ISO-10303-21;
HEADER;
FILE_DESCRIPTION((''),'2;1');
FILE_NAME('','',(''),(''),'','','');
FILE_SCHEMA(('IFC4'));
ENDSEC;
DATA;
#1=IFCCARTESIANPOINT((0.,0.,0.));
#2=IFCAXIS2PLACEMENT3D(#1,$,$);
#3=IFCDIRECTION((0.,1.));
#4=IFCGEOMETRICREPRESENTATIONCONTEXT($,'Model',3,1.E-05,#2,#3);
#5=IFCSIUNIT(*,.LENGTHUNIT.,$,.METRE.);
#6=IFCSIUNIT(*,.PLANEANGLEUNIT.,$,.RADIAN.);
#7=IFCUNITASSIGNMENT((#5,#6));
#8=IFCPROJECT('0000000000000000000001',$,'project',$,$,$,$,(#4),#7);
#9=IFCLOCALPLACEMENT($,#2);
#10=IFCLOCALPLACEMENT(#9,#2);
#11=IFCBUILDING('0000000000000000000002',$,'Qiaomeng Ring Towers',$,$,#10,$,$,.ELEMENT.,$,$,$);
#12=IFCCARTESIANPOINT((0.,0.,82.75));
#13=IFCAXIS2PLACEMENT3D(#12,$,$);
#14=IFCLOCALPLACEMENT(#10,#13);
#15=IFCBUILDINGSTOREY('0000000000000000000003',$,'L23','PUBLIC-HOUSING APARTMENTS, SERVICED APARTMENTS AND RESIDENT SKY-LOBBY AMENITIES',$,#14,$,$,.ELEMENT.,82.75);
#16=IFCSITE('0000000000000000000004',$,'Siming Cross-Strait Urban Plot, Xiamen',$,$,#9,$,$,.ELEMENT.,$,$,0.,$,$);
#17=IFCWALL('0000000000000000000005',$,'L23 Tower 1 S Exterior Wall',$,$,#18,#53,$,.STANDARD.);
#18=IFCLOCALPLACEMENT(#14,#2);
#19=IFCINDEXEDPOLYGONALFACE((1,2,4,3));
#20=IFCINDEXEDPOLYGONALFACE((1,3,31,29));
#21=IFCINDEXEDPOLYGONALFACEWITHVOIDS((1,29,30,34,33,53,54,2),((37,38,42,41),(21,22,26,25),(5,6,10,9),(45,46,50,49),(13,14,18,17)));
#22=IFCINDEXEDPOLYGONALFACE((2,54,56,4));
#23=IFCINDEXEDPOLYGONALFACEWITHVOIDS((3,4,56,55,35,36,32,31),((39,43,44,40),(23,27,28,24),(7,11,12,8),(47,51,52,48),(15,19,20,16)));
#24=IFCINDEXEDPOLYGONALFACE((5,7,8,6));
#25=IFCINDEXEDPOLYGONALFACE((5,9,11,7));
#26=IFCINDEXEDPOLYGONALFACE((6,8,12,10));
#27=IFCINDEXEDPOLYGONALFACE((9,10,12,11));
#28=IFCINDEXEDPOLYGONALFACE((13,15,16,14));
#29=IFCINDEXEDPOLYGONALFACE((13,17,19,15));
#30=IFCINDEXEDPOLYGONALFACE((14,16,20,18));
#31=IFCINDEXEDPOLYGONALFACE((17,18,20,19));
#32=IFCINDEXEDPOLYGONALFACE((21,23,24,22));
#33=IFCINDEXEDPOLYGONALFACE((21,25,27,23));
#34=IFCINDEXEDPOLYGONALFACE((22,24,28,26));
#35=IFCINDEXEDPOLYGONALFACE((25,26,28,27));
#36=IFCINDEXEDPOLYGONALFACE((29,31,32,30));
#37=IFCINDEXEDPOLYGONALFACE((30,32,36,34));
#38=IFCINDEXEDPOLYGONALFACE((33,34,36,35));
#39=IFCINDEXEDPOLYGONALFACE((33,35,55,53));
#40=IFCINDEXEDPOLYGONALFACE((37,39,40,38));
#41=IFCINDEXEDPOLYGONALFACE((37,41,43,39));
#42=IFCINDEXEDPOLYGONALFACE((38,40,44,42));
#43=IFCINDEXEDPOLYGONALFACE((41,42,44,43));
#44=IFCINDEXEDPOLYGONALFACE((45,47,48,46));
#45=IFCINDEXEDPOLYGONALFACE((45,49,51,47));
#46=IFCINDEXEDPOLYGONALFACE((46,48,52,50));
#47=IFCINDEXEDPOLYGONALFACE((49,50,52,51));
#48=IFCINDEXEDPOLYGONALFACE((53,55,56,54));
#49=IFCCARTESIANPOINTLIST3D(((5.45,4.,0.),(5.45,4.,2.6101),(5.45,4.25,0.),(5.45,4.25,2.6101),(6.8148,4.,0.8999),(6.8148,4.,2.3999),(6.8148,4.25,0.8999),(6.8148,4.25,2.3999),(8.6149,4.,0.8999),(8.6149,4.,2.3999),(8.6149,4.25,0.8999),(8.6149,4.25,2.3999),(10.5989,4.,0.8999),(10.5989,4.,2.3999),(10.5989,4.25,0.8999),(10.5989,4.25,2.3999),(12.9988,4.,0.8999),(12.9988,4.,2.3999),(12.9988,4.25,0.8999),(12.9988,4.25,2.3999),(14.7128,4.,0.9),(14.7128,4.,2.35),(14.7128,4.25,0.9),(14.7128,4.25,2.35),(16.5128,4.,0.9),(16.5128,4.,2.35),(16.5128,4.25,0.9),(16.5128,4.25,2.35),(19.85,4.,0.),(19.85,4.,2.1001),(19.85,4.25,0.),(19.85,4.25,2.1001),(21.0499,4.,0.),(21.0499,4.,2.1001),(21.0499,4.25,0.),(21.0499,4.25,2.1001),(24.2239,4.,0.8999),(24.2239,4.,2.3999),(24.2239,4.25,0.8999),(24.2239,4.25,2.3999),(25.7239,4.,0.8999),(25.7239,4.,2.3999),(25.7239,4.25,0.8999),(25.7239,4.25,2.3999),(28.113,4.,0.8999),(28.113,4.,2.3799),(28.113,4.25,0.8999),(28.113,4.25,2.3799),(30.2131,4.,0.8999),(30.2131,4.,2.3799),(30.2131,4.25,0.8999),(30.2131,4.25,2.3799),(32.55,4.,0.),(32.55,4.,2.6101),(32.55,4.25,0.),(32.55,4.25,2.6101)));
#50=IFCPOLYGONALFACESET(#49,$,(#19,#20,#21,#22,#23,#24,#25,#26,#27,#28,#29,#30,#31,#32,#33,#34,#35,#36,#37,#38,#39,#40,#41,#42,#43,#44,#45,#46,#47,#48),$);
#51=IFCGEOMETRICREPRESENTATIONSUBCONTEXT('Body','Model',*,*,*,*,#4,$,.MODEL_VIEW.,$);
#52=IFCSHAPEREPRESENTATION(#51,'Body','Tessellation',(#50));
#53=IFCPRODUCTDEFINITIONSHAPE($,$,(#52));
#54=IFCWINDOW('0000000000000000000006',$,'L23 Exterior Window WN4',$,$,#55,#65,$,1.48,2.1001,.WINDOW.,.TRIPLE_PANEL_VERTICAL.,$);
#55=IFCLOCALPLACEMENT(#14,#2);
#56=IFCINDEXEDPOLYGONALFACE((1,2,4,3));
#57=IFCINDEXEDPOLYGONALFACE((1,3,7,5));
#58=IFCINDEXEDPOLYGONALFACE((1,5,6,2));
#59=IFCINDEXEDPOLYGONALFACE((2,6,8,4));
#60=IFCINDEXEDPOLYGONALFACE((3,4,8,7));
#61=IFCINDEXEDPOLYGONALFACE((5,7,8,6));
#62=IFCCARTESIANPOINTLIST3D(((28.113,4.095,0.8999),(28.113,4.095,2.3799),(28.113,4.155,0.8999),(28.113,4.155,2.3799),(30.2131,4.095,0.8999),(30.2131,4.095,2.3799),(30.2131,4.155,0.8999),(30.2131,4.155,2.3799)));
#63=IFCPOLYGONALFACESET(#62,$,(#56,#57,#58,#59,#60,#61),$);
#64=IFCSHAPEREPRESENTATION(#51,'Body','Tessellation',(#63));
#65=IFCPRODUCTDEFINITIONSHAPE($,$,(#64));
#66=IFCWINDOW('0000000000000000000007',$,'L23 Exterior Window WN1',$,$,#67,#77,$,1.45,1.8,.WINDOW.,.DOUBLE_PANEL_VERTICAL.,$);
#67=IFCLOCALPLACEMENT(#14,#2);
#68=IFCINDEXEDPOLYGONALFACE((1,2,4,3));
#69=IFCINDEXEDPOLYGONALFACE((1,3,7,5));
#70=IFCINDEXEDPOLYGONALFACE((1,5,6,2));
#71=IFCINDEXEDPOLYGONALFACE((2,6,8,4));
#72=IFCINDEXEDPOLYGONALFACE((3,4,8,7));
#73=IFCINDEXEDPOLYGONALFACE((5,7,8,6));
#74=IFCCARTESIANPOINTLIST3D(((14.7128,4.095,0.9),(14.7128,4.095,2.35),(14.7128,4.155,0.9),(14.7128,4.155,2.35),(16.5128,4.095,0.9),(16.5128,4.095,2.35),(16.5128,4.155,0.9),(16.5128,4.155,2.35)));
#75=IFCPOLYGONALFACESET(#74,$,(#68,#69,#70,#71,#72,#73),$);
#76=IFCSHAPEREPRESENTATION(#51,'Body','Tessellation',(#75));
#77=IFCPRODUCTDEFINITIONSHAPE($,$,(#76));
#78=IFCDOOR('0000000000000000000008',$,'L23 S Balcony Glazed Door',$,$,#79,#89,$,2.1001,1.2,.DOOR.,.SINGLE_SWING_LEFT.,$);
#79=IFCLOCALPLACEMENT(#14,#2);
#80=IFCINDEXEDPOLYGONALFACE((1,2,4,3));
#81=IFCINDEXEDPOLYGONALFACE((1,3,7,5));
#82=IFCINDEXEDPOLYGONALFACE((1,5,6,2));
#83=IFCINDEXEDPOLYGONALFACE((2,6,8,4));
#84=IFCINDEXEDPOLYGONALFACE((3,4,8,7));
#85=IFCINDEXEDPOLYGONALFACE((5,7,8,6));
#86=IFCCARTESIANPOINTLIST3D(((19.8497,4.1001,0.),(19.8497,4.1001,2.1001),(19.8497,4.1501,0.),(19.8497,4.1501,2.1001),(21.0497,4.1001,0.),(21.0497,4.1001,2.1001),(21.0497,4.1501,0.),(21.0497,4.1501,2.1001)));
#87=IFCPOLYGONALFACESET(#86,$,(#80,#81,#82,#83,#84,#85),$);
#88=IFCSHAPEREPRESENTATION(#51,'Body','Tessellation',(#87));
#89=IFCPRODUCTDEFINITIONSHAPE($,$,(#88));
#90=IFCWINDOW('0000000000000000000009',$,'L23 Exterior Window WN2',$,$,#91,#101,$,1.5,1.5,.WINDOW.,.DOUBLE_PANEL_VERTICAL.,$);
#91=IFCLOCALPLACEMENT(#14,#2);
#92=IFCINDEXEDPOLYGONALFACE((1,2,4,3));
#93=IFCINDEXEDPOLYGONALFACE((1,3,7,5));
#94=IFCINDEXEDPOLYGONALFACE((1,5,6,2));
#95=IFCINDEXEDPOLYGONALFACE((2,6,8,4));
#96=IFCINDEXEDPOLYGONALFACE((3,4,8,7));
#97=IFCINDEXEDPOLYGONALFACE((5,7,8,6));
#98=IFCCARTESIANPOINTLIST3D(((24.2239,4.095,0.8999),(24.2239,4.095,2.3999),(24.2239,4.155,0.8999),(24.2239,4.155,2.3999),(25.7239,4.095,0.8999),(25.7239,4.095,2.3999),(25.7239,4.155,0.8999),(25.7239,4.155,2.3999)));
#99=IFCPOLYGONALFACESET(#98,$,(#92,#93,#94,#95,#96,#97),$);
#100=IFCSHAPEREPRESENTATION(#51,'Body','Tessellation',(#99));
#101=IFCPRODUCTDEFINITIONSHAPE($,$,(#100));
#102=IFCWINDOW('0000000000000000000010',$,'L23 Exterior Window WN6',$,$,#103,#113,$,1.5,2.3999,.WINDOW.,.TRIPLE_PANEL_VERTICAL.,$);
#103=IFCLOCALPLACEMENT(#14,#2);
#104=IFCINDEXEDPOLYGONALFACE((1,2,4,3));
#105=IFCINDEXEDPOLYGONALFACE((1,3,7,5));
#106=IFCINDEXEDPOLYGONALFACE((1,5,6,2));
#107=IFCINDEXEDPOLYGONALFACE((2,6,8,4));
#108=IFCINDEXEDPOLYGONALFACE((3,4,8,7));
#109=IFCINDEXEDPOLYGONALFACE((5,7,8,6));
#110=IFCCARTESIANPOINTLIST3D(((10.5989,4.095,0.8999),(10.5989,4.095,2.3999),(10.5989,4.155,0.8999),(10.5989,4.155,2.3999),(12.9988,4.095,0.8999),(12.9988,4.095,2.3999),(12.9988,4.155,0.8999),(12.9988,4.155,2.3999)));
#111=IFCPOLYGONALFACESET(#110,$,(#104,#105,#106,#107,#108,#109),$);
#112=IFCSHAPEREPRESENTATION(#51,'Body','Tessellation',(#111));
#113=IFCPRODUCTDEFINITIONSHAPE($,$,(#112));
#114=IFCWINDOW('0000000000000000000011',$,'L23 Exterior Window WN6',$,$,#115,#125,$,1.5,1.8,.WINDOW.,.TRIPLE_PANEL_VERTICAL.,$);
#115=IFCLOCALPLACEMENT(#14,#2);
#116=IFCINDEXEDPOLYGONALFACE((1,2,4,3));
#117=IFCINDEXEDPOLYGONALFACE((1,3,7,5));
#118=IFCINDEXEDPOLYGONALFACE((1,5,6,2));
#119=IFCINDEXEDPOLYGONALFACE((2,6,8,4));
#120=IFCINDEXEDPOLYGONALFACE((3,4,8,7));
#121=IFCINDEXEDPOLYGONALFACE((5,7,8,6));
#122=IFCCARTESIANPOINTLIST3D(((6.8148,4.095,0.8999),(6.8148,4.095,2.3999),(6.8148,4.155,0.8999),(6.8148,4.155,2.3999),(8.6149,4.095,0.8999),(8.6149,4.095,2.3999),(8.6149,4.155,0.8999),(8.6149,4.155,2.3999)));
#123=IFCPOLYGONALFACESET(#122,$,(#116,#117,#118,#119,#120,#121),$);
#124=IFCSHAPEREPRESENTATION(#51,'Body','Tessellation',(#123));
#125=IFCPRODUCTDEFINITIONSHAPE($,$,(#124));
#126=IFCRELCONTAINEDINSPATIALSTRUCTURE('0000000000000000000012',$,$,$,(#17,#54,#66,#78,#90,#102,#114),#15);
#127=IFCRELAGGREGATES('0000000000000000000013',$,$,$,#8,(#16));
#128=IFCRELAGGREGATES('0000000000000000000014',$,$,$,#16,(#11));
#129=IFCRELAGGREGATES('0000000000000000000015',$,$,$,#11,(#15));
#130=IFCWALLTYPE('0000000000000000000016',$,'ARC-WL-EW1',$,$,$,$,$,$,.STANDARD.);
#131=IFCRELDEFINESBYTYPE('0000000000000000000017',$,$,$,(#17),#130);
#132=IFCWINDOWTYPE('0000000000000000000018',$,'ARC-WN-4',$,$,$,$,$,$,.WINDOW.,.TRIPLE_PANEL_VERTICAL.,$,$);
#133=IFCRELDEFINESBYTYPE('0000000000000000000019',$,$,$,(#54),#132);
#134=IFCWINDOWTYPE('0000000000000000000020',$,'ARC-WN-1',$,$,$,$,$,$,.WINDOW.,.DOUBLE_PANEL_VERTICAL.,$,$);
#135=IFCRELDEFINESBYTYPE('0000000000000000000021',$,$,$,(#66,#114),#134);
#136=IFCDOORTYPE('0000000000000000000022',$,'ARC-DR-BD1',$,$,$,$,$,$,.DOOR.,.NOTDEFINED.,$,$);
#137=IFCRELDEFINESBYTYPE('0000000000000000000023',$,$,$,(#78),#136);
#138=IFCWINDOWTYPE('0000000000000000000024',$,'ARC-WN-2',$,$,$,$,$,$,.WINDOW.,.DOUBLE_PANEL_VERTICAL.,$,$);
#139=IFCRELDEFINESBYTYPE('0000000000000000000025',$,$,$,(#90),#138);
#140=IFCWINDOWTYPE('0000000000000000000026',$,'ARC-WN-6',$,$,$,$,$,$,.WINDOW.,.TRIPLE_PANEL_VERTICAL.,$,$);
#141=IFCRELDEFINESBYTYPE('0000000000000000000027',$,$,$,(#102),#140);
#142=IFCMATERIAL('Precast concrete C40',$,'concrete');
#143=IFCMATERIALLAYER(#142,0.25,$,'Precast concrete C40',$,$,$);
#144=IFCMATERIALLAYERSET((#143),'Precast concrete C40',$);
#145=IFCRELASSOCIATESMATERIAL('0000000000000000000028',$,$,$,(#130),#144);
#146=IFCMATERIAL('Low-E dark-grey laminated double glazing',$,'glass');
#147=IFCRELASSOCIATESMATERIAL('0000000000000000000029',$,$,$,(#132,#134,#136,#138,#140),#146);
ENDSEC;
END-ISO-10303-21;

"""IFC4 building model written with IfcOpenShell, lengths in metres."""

from ifc_helpers import new_model, si_unit, direction, frame, frame_2d, origin, place, context, subcontext, project, spatial, rectangle, extrude, source, transform, mapped, material, layer, layer_set, type_object, element, fill, save


model = new_model("IFC4")

# Units and contexts
model_context = context("Model", 3, precision=1e-05, world=origin(), true_north=direction((0.0, 1.0)))
body_context = subcontext(model_context, "Body", "Model", "MODEL_VIEW")
ifc_project = project(units=[si_unit("LENGTHUNIT", "METRE"), si_unit("PLANEANGLEUNIT", "RADIAN")], contexts=[model_context])

# Site, building, storey
site_placement = place(None, origin())
site = spatial("IfcSite", under=ifc_project, at=site_placement, Name="Siming Cross-Strait Urban Plot, Xiamen", CompositionType="ELEMENT", RefElevation=0.0)
building_placement = place(site_placement, origin())
building = spatial("IfcBuilding", under=site, at=building_placement, Name="Qiaomeng Ring Towers", CompositionType="ELEMENT")
storey_placement = place(building_placement, frame((0.0, 0.0, 82.75)))
storey = spatial("IfcBuildingStorey", under=building, at=storey_placement, Name="L23", Description="PUBLIC-HOUSING APARTMENTS, SERVICED APARTMENTS AND RESIDENT SKY-LOBBY AMENITIES", CompositionType="ELEMENT", Elevation=82.75)

# Shared definitions
ifc_material_1 = material(Name="Precast concrete C40", Category="concrete")

# Shared definitions
ifc_material_2 = material(Name="Low-E dark-grey laminated double glazing", Category="glass")

# Wall, openings, windows, door
ifc_layer_1 = layer(ifc_material_1, 0.25, Name="Precast concrete C40")
ifc_layer_set_1 = layer_set([ifc_layer_1], Name="Precast concrete C40")
wall_type_1 = type_object("IfcWallType", Name="ARC-WL-EW1", PredefinedType="STANDARD", material=ifc_layer_set_1)
wall_1_placement = place(storey_placement, frame((5.45, 4.125, 0.0), z_axis=(0.0, 0.0, 1.0), x_axis=(1.0, 0.0, 0.0)))
wall_1 = element("IfcWall", 1, at=wall_1_placement, inside=storey, type_object=wall_type_1, Name="L23 Tower 1 S Exterior Wall", PredefinedType="STANDARD", context=body_context, shape_type="SweptSolid", body=[
    extrude(rectangle(XDim=27.1001, YDim=0.25, at=frame_2d((13.55, 0.0))), origin(), (0.0, 0.0, 1.0), 2.6101),
])
opening_1_placement = place(wall_1_placement, frame((14.3999, 0.0, 0.0)))
opening_1 = element("IfcOpeningElement", 2, at=opening_1_placement, cuts=wall_1, PredefinedType="OPENING", context=body_context, shape_type="SweptSolid", body=[
    extrude(rectangle(XDim=1.2, YDim=2.1001, at=frame_2d((0.6001, 1.05))), frame((0.0, 0.135, 0.0), z_axis=(0.0, -1.0, 0.0), x_axis=(1.0, 0.0, 0.0)), (0.0, 0.0, 1.0), 0.27),
])
opening_2_placement = place(wall_1_placement, frame((1.365, 0.0, 0.8999)))
opening_2 = element("IfcOpeningElement", 3, at=opening_2_placement, cuts=wall_1, PredefinedType="OPENING", context=body_context, shape_type="SweptSolid", body=[
    extrude(rectangle(XDim=1.8, YDim=1.5, at=frame_2d((0.8999, 0.75))), frame((0.0, 0.135, 0.0), z_axis=(0.0, -1.0, 0.0), x_axis=(1.0, 0.0, 0.0)), (0.0, 0.0, 1.0), 0.27),
])
opening_3_placement = place(wall_1_placement, frame((9.2629, 0.0, 0.8999)))
opening_3 = element("IfcOpeningElement", 4, at=opening_3_placement, cuts=wall_1, PredefinedType="OPENING", context=body_context, shape_type="SweptSolid", body=[
    extrude(rectangle(XDim=1.8, YDim=1.45, at=frame_2d((0.8999, 0.7251))), frame((0.0, 0.135, 0.0), z_axis=(0.0, -1.0, 0.0), x_axis=(1.0, 0.0, 0.0)), (0.0, 0.0, 1.0), 0.27),
])
opening_4_placement = place(wall_1_placement, frame((18.7739, 0.0, 0.8999)))
opening_4 = element("IfcOpeningElement", 5, at=opening_4_placement, cuts=wall_1, PredefinedType="OPENING", context=body_context, shape_type="SweptSolid", body=[
    extrude(rectangle(XDim=1.5, YDim=1.5, at=frame_2d((0.75, 0.75))), frame((0.0, 0.135, 0.0), z_axis=(0.0, -1.0, 0.0), x_axis=(1.0, 0.0, 0.0)), (0.0, 0.0, 1.0), 0.27),
])
opening_5_placement = place(wall_1_placement, frame((22.6631, 0.0, 0.8999)))
opening_5 = element("IfcOpeningElement", 6, at=opening_5_placement, cuts=wall_1, PredefinedType="OPENING", context=body_context, shape_type="SweptSolid", body=[
    extrude(rectangle(XDim=2.1001, YDim=1.48, at=frame_2d((1.05, 0.74))), frame((0.0, 0.135, 0.0), z_axis=(0.0, -1.0, 0.0), x_axis=(1.0, 0.0, 0.0)), (0.0, 0.0, 1.0), 0.27),
])
opening_6_placement = place(wall_1_placement, frame((5.1489, 0.0, 0.8999)))
opening_6 = element("IfcOpeningElement", 7, at=opening_6_placement, cuts=wall_1, PredefinedType="OPENING", context=body_context, shape_type="SweptSolid", body=[
    extrude(rectangle(XDim=2.3999, YDim=1.5, at=frame_2d((1.2, 0.75))), frame((0.0, 0.135, 0.0), z_axis=(0.0, -1.0, 0.0), x_axis=(1.0, 0.0, 0.0)), (0.0, 0.0, 1.0), 0.27),
])
window_type_1 = type_object("IfcWindowType", Name="ARC-WN-4", PartitioningType="TRIPLE_PANEL_VERTICAL", PredefinedType="WINDOW", material=ifc_material_2)
shared_shape_1 = source(origin(), body_context, "Body", "SweptSolid", [
    extrude(rectangle(XDim=2.1001, YDim=1.48, at=frame_2d((1.05, 0.74))), frame((0.0, 0.03, 0.0), z_axis=(0.0, -1.0, 0.0), x_axis=(1.0, 0.0, 0.0)), (0.0, 0.0, 1.0), 0.0601),
])
window_1_placement = place(opening_5_placement, origin())
window_1 = element("IfcWindow", 8, at=window_1_placement, inside=storey, type_object=window_type_1, Name="L23 Exterior Window WN4", OverallHeight=1.48, OverallWidth=2.1001, PartitioningType="TRIPLE_PANEL_VERTICAL", PredefinedType="WINDOW", context=body_context, shape_type="MappedRepresentation", body=[
    mapped(shared_shape_1, transform((0.0, 0.0, 0.0), x_axis=(1.0, 0.0, 0.0), y_axis=(0.0, 1.0, 0.0), z_axis=(0.0, 0.0, 1.0), scale=1.0)),
])
fill(opening_5, window_1)
window_type_2 = type_object("IfcWindowType", Name="ARC-WN-1", PartitioningType="DOUBLE_PANEL_VERTICAL", PredefinedType="WINDOW", material=ifc_material_2)
shared_shape_2 = source(origin(), body_context, "Body", "SweptSolid", [
    extrude(rectangle(XDim=1.8, YDim=1.45, at=frame_2d((0.8999, 0.7251))), frame((0.0, 0.03, 0.0), z_axis=(0.0, -1.0, 0.0), x_axis=(1.0, 0.0, 0.0)), (0.0, 0.0, 1.0), 0.0601),
])
window_2_placement = place(opening_3_placement, origin())
window_2 = element("IfcWindow", 9, at=window_2_placement, inside=storey, type_object=window_type_2, Name="L23 Exterior Window WN1", OverallHeight=1.45, OverallWidth=1.8, PartitioningType="DOUBLE_PANEL_VERTICAL", PredefinedType="WINDOW", context=body_context, shape_type="MappedRepresentation", body=[
    mapped(shared_shape_2, transform((0.0, 0.0, 0.0), x_axis=(1.0, 0.0, 0.0), y_axis=(0.0, 1.0, 0.0), z_axis=(0.0, 0.0, 1.0), scale=1.0)),
])
fill(opening_3, window_2)
door_type_1 = type_object("IfcDoorType", Name="ARC-DR-BD1", OperationType="NOTDEFINED", PredefinedType="DOOR", material=ifc_material_2)
shared_shape_3 = source(origin(), body_context, "Body", "SweptSolid", [
    extrude(rectangle(XDim=1.2, YDim=2.1001, at=frame_2d((0.6001, 1.05))), frame((0.0, 0.0249, 0.0), z_axis=(0.0, -1.0, 0.0), x_axis=(1.0, 0.0, 0.0)), (0.0, 0.0, 1.0), 0.05),
])
door_1_placement = place(opening_1_placement, frame((1.2, 0.0, 0.0), z_axis=(0.0, 0.0, 1.0), x_axis=(-1.0, 0.0, 0.0)))
door_1 = element("IfcDoor", 10, at=door_1_placement, inside=storey, type_object=door_type_1, Name="L23 S Balcony Glazed Door", OperationType="SINGLE_SWING_LEFT", OverallHeight=2.1001, OverallWidth=1.2, PredefinedType="DOOR", context=body_context, shape_type="MappedRepresentation", body=[
    mapped(shared_shape_3, transform((0.0, 0.0, 0.0), x_axis=(1.0, 0.0, 0.0), y_axis=(0.0, 1.0, 0.0), z_axis=(0.0, 0.0, 1.0), scale=1.0)),
])
fill(opening_1, door_1)
window_type_3 = type_object("IfcWindowType", Name="ARC-WN-2", PartitioningType="DOUBLE_PANEL_VERTICAL", PredefinedType="WINDOW", material=ifc_material_2)
shared_shape_4 = source(origin(), body_context, "Body", "SweptSolid", [
    extrude(rectangle(XDim=1.5, YDim=1.5, at=frame_2d((0.75, 0.75))), frame((0.0, 0.03, 0.0), z_axis=(0.0, -1.0, 0.0), x_axis=(1.0, 0.0, 0.0)), (0.0, 0.0, 1.0), 0.0601),
])
window_3_placement = place(opening_4_placement, origin())
window_3 = element("IfcWindow", 11, at=window_3_placement, inside=storey, type_object=window_type_3, Name="L23 Exterior Window WN2", OverallHeight=1.5, OverallWidth=1.5, PartitioningType="DOUBLE_PANEL_VERTICAL", PredefinedType="WINDOW", context=body_context, shape_type="MappedRepresentation", body=[
    mapped(shared_shape_4, transform((0.0, 0.0, 0.0), x_axis=(1.0, 0.0, 0.0), y_axis=(0.0, 1.0, 0.0), z_axis=(0.0, 0.0, 1.0), scale=1.0)),
])
fill(opening_4, window_3)
window_type_4 = type_object("IfcWindowType", Name="ARC-WN-6", PartitioningType="TRIPLE_PANEL_VERTICAL", PredefinedType="WINDOW", material=ifc_material_2)
shared_shape_5 = source(origin(), body_context, "Body", "SweptSolid", [
    extrude(rectangle(XDim=2.3999, YDim=1.5, at=frame_2d((1.2, 0.75))), frame((0.0, 0.03, 0.0), z_axis=(0.0, -1.0, 0.0), x_axis=(1.0, 0.0, 0.0)), (0.0, 0.0, 1.0), 0.0601),
])
window_4_placement = place(opening_6_placement, origin())
window_4 = element("IfcWindow", 12, at=window_4_placement, inside=storey, type_object=window_type_4, Name="L23 Exterior Window WN6", OverallHeight=1.5, OverallWidth=2.3999, PartitioningType="TRIPLE_PANEL_VERTICAL", PredefinedType="WINDOW", context=body_context, shape_type="MappedRepresentation", body=[
    mapped(shared_shape_5, transform((0.0, 0.0, 0.0), x_axis=(1.0, 0.0, 0.0), y_axis=(0.0, 1.0, 0.0), z_axis=(0.0, 0.0, 1.0), scale=1.0)),
])
fill(opening_6, window_4)
shared_shape_6 = source(origin(), body_context, "Body", "SweptSolid", [
    extrude(rectangle(XDim=1.8, YDim=1.5, at=frame_2d((0.8999, 0.75))), frame((0.0, 0.03, 0.0), z_axis=(0.0, -1.0, 0.0), x_axis=(1.0, 0.0, 0.0)), (0.0, 0.0, 1.0), 0.0601),
])
window_5_placement = place(opening_2_placement, origin())
window_5 = element("IfcWindow", 13, at=window_5_placement, inside=storey, type_object=window_type_2, Name="L23 Exterior Window WN6", OverallHeight=1.5, OverallWidth=1.8, PartitioningType="TRIPLE_PANEL_VERTICAL", PredefinedType="WINDOW", context=body_context, shape_type="MappedRepresentation", body=[
    mapped(shared_shape_6, transform((0.0, 0.0, 0.0), x_axis=(1.0, 0.0, 0.0), y_axis=(0.0, 1.0, 0.0), z_axis=(0.0, 0.0, 1.0), scale=1.0)),
])
fill(opening_2, window_5)

save(model, "model.ifc")
